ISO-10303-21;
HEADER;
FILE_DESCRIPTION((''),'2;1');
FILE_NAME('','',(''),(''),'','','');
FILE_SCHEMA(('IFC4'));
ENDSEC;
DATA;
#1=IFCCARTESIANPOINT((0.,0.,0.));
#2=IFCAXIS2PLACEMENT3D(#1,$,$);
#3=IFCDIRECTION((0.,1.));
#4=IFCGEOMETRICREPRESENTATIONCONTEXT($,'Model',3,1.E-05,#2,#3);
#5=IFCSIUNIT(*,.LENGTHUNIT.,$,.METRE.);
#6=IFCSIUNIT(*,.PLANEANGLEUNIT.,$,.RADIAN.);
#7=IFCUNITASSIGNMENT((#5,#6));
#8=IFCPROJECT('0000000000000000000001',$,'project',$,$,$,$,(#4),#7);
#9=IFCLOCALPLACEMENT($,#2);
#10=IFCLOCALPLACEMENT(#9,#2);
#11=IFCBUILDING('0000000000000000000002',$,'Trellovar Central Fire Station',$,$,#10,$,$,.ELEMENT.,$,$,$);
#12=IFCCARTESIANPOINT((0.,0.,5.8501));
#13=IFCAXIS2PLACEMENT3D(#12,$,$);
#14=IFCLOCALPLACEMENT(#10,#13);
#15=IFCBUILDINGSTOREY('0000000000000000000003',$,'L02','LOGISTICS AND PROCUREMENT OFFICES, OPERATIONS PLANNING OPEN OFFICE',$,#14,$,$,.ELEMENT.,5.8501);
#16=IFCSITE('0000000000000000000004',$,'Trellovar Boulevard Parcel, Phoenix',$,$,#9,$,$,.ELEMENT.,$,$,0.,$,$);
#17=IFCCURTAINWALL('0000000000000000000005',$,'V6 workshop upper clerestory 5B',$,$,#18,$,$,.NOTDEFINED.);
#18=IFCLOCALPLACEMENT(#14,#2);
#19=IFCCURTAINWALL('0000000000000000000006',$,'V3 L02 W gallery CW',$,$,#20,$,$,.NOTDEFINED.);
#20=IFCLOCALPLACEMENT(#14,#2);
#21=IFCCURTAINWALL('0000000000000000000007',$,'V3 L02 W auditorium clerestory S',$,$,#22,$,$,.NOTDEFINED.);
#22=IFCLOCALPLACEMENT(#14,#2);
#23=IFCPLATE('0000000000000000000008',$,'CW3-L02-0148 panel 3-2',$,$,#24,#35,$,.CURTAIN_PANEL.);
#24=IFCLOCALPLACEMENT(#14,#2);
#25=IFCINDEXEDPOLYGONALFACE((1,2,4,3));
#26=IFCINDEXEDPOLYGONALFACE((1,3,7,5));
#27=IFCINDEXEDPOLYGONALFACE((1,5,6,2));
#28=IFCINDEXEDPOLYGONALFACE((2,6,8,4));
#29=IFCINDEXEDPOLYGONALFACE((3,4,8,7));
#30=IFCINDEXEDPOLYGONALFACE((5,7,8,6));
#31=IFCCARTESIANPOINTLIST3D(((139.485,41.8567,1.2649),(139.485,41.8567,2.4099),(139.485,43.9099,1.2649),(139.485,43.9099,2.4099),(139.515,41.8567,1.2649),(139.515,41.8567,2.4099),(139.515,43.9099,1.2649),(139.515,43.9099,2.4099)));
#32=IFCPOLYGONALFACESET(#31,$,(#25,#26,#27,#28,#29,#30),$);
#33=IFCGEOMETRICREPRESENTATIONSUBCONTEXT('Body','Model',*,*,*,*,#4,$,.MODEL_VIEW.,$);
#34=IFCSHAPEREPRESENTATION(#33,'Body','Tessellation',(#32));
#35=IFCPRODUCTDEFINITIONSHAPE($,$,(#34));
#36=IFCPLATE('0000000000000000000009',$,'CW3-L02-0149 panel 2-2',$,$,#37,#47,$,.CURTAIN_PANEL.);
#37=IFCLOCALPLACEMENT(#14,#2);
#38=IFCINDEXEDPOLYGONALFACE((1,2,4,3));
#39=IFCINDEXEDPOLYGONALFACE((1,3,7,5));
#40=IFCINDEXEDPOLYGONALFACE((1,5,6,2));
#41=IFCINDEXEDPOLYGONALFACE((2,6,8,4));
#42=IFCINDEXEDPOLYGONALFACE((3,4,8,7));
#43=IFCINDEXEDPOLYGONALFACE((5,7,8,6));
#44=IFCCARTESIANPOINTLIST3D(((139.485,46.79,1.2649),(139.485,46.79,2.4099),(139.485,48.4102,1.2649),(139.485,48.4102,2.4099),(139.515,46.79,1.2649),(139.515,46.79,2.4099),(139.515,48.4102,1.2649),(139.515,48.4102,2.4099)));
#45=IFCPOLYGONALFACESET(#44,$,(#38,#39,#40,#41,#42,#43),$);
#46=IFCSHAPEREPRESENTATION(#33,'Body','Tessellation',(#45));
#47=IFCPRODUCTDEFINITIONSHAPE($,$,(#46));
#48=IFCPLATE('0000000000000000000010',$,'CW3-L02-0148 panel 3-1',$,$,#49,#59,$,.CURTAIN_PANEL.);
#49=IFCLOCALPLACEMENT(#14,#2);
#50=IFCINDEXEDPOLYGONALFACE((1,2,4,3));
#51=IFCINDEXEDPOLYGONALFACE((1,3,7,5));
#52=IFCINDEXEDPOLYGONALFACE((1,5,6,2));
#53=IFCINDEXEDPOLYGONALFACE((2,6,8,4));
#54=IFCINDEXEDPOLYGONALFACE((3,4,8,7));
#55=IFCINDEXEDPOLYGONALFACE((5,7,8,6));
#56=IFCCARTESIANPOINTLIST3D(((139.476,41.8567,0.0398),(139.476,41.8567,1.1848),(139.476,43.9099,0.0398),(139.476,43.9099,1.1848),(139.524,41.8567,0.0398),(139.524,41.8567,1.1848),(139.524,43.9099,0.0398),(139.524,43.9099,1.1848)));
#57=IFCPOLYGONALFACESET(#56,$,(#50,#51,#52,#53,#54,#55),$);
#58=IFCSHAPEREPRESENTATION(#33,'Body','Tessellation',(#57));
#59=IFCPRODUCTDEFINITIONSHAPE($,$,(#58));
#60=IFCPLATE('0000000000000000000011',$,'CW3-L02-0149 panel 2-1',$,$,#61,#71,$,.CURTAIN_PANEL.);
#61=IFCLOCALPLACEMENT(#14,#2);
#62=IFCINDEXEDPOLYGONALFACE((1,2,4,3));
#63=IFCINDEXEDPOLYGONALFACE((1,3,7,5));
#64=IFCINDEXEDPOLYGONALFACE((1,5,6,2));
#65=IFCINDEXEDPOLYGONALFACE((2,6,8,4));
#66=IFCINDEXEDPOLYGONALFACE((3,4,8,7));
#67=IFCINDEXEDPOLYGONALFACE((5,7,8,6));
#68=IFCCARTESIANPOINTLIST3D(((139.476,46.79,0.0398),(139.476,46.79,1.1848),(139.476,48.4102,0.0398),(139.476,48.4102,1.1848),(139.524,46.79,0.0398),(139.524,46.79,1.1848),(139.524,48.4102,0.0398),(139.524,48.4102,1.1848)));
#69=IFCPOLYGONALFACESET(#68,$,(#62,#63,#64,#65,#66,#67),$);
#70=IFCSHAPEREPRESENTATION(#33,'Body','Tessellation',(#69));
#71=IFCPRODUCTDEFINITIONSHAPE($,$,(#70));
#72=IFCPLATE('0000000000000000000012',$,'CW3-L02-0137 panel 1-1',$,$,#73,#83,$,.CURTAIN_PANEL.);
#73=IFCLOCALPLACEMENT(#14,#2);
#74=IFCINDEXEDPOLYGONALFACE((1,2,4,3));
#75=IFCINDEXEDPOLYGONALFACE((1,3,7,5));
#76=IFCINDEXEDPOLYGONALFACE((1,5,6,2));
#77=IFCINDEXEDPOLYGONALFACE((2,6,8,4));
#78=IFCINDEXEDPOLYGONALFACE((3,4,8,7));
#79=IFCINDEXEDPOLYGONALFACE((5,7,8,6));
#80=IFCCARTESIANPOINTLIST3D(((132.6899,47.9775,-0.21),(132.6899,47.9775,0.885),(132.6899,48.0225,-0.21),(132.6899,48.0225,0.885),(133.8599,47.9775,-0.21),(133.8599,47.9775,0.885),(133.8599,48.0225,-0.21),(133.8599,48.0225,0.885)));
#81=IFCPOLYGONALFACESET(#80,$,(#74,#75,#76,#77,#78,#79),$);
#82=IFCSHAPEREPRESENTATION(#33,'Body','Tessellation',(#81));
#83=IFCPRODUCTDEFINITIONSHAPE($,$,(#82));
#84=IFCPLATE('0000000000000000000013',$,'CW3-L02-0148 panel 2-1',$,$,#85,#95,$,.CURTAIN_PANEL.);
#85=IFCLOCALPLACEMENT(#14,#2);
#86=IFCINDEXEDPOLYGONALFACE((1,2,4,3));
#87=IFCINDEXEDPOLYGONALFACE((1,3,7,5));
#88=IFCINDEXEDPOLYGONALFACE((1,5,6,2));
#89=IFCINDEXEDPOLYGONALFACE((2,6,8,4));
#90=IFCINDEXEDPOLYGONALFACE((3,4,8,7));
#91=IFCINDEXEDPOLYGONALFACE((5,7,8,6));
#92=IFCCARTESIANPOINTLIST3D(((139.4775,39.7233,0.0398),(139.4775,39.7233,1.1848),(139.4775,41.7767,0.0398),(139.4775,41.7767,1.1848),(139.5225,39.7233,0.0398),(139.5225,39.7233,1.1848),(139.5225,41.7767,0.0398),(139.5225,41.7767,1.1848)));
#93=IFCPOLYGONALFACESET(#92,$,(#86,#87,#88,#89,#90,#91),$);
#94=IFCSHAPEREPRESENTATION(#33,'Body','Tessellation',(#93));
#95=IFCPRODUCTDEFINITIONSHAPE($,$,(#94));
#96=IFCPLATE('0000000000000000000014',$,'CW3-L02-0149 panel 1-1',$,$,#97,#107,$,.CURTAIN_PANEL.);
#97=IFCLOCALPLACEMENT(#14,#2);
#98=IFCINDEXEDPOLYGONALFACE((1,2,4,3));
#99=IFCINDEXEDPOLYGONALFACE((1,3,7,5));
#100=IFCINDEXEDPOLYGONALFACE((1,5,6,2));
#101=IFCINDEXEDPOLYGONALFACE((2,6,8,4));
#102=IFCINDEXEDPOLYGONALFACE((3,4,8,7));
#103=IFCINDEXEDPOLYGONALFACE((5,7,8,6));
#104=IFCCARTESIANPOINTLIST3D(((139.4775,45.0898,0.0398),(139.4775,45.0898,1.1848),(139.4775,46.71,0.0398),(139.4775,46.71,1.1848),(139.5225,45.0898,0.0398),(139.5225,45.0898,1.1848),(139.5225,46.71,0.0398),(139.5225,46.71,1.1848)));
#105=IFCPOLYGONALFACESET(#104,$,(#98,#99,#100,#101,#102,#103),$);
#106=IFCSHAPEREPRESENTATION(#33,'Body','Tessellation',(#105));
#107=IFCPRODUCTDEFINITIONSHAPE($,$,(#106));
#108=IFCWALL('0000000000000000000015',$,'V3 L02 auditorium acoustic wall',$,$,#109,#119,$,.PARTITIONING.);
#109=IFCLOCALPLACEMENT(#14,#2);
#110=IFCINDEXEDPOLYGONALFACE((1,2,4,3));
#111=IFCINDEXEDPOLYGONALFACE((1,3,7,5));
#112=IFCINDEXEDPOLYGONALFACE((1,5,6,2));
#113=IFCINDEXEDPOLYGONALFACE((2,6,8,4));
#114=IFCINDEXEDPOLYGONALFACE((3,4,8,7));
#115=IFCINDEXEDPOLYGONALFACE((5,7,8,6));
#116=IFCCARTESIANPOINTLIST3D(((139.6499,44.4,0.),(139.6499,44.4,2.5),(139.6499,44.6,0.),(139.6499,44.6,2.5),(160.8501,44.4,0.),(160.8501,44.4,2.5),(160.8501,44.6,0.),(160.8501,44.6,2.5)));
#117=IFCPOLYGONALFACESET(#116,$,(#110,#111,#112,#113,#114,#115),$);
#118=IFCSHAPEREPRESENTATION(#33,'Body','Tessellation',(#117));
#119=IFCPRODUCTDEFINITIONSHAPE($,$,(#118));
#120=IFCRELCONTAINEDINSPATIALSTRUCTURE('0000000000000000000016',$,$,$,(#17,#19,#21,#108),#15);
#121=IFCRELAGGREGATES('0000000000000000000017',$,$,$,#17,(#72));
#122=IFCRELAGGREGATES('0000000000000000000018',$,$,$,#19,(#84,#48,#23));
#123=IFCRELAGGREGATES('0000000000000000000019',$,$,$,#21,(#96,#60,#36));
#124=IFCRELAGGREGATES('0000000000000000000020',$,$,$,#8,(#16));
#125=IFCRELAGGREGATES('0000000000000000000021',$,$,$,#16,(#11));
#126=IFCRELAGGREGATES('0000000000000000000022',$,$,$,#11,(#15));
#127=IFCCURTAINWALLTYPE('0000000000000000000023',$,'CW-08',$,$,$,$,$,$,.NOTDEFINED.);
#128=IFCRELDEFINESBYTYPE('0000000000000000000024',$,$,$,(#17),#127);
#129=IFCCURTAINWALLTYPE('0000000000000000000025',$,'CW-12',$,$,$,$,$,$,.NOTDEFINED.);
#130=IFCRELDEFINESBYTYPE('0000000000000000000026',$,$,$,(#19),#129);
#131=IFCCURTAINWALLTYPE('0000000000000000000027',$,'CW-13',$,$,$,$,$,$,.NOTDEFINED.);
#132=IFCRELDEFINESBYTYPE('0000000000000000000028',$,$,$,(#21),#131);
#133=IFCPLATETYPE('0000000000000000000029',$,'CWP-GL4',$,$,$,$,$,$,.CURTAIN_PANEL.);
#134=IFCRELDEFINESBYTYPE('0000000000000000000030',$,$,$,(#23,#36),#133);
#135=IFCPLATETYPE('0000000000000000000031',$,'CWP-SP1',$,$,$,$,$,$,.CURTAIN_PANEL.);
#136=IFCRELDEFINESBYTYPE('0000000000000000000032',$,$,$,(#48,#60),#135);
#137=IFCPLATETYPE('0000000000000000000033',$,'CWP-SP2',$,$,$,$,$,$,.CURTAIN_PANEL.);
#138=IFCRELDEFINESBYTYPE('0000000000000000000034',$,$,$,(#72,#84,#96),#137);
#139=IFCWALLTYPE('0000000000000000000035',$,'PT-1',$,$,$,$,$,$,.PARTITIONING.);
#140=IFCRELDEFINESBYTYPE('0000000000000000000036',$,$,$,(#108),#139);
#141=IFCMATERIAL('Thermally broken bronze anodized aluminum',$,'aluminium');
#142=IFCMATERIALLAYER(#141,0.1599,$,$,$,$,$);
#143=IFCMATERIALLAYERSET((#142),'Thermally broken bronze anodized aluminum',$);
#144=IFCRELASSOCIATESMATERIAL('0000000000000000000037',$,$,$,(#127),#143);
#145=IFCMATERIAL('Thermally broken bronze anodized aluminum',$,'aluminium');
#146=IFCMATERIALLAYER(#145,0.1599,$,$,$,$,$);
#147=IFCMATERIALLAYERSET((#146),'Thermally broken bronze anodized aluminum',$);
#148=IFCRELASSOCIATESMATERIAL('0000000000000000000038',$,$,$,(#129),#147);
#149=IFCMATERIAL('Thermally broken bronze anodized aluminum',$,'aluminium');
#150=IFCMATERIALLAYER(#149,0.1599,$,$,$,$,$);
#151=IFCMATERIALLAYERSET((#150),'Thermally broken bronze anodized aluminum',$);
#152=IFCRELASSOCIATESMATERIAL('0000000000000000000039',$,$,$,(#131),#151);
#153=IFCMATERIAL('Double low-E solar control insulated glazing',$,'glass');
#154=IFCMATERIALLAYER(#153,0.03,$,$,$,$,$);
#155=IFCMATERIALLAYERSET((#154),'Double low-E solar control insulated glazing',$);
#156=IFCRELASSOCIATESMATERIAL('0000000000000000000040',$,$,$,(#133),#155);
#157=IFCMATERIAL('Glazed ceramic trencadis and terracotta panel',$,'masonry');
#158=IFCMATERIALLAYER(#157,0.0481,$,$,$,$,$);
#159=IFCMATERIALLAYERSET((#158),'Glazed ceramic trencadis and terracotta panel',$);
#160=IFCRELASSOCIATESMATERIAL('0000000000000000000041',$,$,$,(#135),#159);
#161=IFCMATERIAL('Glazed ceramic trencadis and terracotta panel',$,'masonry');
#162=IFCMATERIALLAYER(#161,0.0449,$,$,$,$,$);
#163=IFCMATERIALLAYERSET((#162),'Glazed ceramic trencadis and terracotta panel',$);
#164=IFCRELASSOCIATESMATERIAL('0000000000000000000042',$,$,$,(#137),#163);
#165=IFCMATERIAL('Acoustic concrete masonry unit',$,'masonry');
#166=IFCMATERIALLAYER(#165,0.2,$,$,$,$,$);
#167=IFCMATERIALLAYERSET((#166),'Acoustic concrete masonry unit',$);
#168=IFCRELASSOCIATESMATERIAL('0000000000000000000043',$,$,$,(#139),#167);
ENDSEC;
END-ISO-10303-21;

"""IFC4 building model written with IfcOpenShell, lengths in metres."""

from ifc_helpers import new_model, si_unit, direction, frame, frame_2d, origin, origin_2d, place, context, subcontext, project, spatial, rectangle, extrude, material, layer, layer_set, type_object, element, aggregate, save


model = new_model("IFC4")

# Units and contexts
model_context = context("Model", 3, precision=1e-05, world=origin(), true_north=direction((0.0, 1.0)))
body_context = subcontext(model_context, "Body", "Model", "MODEL_VIEW")
ifc_project = project(units=[si_unit("LENGTHUNIT", "METRE"), si_unit("PLANEANGLEUNIT", "RADIAN")], contexts=[model_context])

# Site, building, storey
site_placement = place(None, origin())
site = spatial("IfcSite", under=ifc_project, at=site_placement, Name="Trellovar Boulevard Parcel, Phoenix", CompositionType="ELEMENT", RefElevation=0.0)
building_placement = place(site_placement, origin())
building = spatial("IfcBuilding", under=site, at=building_placement, Name="Trellovar Central Fire Station", CompositionType="ELEMENT")
storey_placement = place(building_placement, frame((0.0, 0.0, 5.8501)))
storey = spatial("IfcBuildingStorey", under=building, at=storey_placement, Name="L02", Description="LOGISTICS AND PROCUREMENT OFFICES, OPERATIONS PLANNING OPEN OFFICE", CompositionType="ELEMENT", Elevation=5.8501)

# Curtain wall
ifc_material_1 = material(Name="Thermally broken bronze anodized aluminum", Category="aluminium")
ifc_layer_1 = layer(ifc_material_1, 0.1599)
ifc_layer_set_1 = layer_set([ifc_layer_1], Name="Thermally broken bronze anodized aluminum")
curtain_wall_type_1 = type_object("IfcCurtainWallType", Name="CW-08", PredefinedType="NOTDEFINED", material=ifc_layer_set_1)
curtain_wall_1_placement = place(storey_placement, origin())
curtain_wall_1 = element("IfcCurtainWall", 1, at=curtain_wall_1_placement, inside=storey, type_object=curtain_wall_type_1, Name="V6 workshop upper clerestory 5B", PredefinedType="NOTDEFINED")

# Curtain walls
ifc_material_2 = material(Name="Thermally broken bronze anodized aluminum", Category="aluminium")
ifc_layer_2 = layer(ifc_material_2, 0.1599)
ifc_layer_set_2 = layer_set([ifc_layer_2], Name="Thermally broken bronze anodized aluminum")
curtain_wall_type_2 = type_object("IfcCurtainWallType", Name="CW-12", PredefinedType="NOTDEFINED", material=ifc_layer_set_2)
curtain_wall_2_placement = place(storey_placement, origin())
curtain_wall_2 = element("IfcCurtainWall", 2, at=curtain_wall_2_placement, inside=storey, type_object=curtain_wall_type_2, Name="V3 L02 W gallery CW", PredefinedType="NOTDEFINED")
ifc_material_3 = material(Name="Thermally broken bronze anodized aluminum", Category="aluminium")
ifc_layer_3 = layer(ifc_material_3, 0.1599)
ifc_layer_set_3 = layer_set([ifc_layer_3], Name="Thermally broken bronze anodized aluminum")
curtain_wall_type_3 = type_object("IfcCurtainWallType", Name="CW-13", PredefinedType="NOTDEFINED", material=ifc_layer_set_3)
curtain_wall_3_placement = place(storey_placement, origin())
curtain_wall_3 = element("IfcCurtainWall", 3, at=curtain_wall_3_placement, inside=storey, type_object=curtain_wall_type_3, Name="V3 L02 W auditorium clerestory S", PredefinedType="NOTDEFINED")

# Plates
ifc_material_4 = material(Name="Double low-E solar control insulated glazing", Category="glass")
ifc_layer_4 = layer(ifc_material_4, 0.03)
ifc_layer_set_4 = layer_set([ifc_layer_4], Name="Double low-E solar control insulated glazing")
plate_type_1 = type_object("IfcPlateType", Name="CWP-GL4", PredefinedType="CURTAIN_PANEL", material=ifc_layer_set_4)
plate_1_placement = place(storey_placement, frame((139.5, 42.8833, 1.2649), z_axis=(0.0, 0.0, 1.0), x_axis=(0.0, 1.0, 0.0)))
plate_1 = element("IfcPlate", 4, at=plate_1_placement, type_object=plate_type_1, Name="CW3-L02-0148 panel 3-2", PredefinedType="CURTAIN_PANEL", context=body_context, shape_type="SweptSolid", body=[
    extrude(rectangle(XDim=2.0532, YDim=0.03, at=origin_2d()), origin(), (0.0, 0.0, 1.0), 1.145),
])
plate_2_placement = place(storey_placement, frame((139.5, 47.6001, 1.2649), z_axis=(0.0, 0.0, 1.0), x_axis=(0.0, 1.0, 0.0)))
plate_2 = element("IfcPlate", 5, at=plate_2_placement, type_object=plate_type_1, Name="CW3-L02-0149 panel 2-2", PredefinedType="CURTAIN_PANEL", context=body_context, shape_type="SweptSolid", body=[
    extrude(rectangle(XDim=1.6201, YDim=0.03, at=origin_2d()), origin(), (0.0, 0.0, 1.0), 1.145),
])
ifc_material_5 = material(Name="Glazed ceramic trencadis and terracotta panel", Category="masonry")
ifc_layer_5 = layer(ifc_material_5, 0.0481)
ifc_layer_set_5 = layer_set([ifc_layer_5], Name="Glazed ceramic trencadis and terracotta panel")
plate_type_2 = type_object("IfcPlateType", Name="CWP-SP1", PredefinedType="CURTAIN_PANEL", material=ifc_layer_set_5)
plate_3_placement = place(storey_placement, frame((139.5, 42.8833, 0.0398), z_axis=(0.0, 0.0, 1.0), x_axis=(0.0, 1.0, 0.0)))
plate_3 = element("IfcPlate", 6, at=plate_3_placement, type_object=plate_type_2, Name="CW3-L02-0148 panel 3-1", PredefinedType="CURTAIN_PANEL", context=body_context, shape_type="SweptSolid", body=[
    extrude(rectangle(XDim=2.0532, YDim=0.0481, at=origin_2d()), origin(), (0.0, 0.0, 1.0), 1.145),
])
plate_4_placement = place(storey_placement, frame((139.5, 47.6001, 0.0398), z_axis=(0.0, 0.0, 1.0), x_axis=(0.0, 1.0, 0.0)))
plate_4 = element("IfcPlate", 7, at=plate_4_placement, type_object=plate_type_2, Name="CW3-L02-0149 panel 2-1", PredefinedType="CURTAIN_PANEL", context=body_context, shape_type="SweptSolid", body=[
    extrude(rectangle(XDim=1.6201, YDim=0.0481, at=origin_2d()), origin(), (0.0, 0.0, 1.0), 1.145),
])
ifc_material_6 = material(Name="Glazed ceramic trencadis and terracotta panel", Category="masonry")
ifc_layer_6 = layer(ifc_material_6, 0.0449)
ifc_layer_set_6 = layer_set([ifc_layer_6], Name="Glazed ceramic trencadis and terracotta panel")
plate_type_3 = type_object("IfcPlateType", Name="CWP-SP2", PredefinedType="CURTAIN_PANEL", material=ifc_layer_set_6)
plate_5_placement = place(storey_placement, frame((133.2749, 48.0, -0.21), z_axis=(0.0, 0.0, 1.0), x_axis=(1.0, 0.0, 0.0)))
plate_5 = element("IfcPlate", 8, at=plate_5_placement, type_object=plate_type_3, Name="CW3-L02-0137 panel 1-1", PredefinedType="CURTAIN_PANEL", context=body_context, shape_type="SweptSolid", body=[
    extrude(rectangle(XDim=1.1699, YDim=0.0449, at=origin_2d()), origin(), (0.0, 0.0, 1.0), 1.095),
])
aggregate(curtain_wall_1, [plate_5])
plate_6_placement = place(storey_placement, frame((139.5, 40.75, 0.0398), z_axis=(0.0, 0.0, 1.0), x_axis=(0.0, 1.0, 0.0)))
plate_6 = element("IfcPlate", 9, at=plate_6_placement, type_object=plate_type_3, Name="CW3-L02-0148 panel 2-1", PredefinedType="CURTAIN_PANEL", context=body_context, shape_type="SweptSolid", body=[
    extrude(rectangle(XDim=2.0535, YDim=0.0449, at=origin_2d()), origin(), (0.0, 0.0, 1.0), 1.145),
])
aggregate(curtain_wall_2, [plate_6, plate_3, plate_1])
plate_7_placement = place(storey_placement, frame((139.5, 45.8999, 0.0398), z_axis=(0.0, 0.0, 1.0), x_axis=(0.0, 1.0, 0.0)))
plate_7 = element("IfcPlate", 10, at=plate_7_placement, type_object=plate_type_3, Name="CW3-L02-0149 panel 1-1", PredefinedType="CURTAIN_PANEL", context=body_context, shape_type="SweptSolid", body=[
    extrude(rectangle(XDim=1.6201, YDim=0.0449, at=origin_2d()), origin(), (0.0, 0.0, 1.0), 1.145),
])
aggregate(curtain_wall_3, [plate_7, plate_4, plate_2])

# Wall
ifc_material_7 = material(Name="Acoustic concrete masonry unit", Category="masonry")
ifc_layer_7 = layer(ifc_material_7, 0.2)
ifc_layer_set_7 = layer_set([ifc_layer_7], Name="Acoustic concrete masonry unit")
wall_type = type_object("IfcWallType", Name="PT-1", PredefinedType="PARTITIONING", material=ifc_layer_set_7)
wall_placement = place(storey_placement, frame((139.6499, 44.5, 0.0), z_axis=(0.0, 0.0, 1.0), x_axis=(1.0, 0.0, 0.0)))
element("IfcWall", 11, at=wall_placement, inside=storey, type_object=wall_type, Name="V3 L02 auditorium acoustic wall", PredefinedType="PARTITIONING", context=body_context, shape_type="SweptSolid", body=[
    extrude(rectangle(XDim=21.2002, YDim=0.2, at=frame_2d((10.6001, 0.0))), origin(), (0.0, 0.0, 1.0), 2.5),
])

save(model, "model.ifc")
